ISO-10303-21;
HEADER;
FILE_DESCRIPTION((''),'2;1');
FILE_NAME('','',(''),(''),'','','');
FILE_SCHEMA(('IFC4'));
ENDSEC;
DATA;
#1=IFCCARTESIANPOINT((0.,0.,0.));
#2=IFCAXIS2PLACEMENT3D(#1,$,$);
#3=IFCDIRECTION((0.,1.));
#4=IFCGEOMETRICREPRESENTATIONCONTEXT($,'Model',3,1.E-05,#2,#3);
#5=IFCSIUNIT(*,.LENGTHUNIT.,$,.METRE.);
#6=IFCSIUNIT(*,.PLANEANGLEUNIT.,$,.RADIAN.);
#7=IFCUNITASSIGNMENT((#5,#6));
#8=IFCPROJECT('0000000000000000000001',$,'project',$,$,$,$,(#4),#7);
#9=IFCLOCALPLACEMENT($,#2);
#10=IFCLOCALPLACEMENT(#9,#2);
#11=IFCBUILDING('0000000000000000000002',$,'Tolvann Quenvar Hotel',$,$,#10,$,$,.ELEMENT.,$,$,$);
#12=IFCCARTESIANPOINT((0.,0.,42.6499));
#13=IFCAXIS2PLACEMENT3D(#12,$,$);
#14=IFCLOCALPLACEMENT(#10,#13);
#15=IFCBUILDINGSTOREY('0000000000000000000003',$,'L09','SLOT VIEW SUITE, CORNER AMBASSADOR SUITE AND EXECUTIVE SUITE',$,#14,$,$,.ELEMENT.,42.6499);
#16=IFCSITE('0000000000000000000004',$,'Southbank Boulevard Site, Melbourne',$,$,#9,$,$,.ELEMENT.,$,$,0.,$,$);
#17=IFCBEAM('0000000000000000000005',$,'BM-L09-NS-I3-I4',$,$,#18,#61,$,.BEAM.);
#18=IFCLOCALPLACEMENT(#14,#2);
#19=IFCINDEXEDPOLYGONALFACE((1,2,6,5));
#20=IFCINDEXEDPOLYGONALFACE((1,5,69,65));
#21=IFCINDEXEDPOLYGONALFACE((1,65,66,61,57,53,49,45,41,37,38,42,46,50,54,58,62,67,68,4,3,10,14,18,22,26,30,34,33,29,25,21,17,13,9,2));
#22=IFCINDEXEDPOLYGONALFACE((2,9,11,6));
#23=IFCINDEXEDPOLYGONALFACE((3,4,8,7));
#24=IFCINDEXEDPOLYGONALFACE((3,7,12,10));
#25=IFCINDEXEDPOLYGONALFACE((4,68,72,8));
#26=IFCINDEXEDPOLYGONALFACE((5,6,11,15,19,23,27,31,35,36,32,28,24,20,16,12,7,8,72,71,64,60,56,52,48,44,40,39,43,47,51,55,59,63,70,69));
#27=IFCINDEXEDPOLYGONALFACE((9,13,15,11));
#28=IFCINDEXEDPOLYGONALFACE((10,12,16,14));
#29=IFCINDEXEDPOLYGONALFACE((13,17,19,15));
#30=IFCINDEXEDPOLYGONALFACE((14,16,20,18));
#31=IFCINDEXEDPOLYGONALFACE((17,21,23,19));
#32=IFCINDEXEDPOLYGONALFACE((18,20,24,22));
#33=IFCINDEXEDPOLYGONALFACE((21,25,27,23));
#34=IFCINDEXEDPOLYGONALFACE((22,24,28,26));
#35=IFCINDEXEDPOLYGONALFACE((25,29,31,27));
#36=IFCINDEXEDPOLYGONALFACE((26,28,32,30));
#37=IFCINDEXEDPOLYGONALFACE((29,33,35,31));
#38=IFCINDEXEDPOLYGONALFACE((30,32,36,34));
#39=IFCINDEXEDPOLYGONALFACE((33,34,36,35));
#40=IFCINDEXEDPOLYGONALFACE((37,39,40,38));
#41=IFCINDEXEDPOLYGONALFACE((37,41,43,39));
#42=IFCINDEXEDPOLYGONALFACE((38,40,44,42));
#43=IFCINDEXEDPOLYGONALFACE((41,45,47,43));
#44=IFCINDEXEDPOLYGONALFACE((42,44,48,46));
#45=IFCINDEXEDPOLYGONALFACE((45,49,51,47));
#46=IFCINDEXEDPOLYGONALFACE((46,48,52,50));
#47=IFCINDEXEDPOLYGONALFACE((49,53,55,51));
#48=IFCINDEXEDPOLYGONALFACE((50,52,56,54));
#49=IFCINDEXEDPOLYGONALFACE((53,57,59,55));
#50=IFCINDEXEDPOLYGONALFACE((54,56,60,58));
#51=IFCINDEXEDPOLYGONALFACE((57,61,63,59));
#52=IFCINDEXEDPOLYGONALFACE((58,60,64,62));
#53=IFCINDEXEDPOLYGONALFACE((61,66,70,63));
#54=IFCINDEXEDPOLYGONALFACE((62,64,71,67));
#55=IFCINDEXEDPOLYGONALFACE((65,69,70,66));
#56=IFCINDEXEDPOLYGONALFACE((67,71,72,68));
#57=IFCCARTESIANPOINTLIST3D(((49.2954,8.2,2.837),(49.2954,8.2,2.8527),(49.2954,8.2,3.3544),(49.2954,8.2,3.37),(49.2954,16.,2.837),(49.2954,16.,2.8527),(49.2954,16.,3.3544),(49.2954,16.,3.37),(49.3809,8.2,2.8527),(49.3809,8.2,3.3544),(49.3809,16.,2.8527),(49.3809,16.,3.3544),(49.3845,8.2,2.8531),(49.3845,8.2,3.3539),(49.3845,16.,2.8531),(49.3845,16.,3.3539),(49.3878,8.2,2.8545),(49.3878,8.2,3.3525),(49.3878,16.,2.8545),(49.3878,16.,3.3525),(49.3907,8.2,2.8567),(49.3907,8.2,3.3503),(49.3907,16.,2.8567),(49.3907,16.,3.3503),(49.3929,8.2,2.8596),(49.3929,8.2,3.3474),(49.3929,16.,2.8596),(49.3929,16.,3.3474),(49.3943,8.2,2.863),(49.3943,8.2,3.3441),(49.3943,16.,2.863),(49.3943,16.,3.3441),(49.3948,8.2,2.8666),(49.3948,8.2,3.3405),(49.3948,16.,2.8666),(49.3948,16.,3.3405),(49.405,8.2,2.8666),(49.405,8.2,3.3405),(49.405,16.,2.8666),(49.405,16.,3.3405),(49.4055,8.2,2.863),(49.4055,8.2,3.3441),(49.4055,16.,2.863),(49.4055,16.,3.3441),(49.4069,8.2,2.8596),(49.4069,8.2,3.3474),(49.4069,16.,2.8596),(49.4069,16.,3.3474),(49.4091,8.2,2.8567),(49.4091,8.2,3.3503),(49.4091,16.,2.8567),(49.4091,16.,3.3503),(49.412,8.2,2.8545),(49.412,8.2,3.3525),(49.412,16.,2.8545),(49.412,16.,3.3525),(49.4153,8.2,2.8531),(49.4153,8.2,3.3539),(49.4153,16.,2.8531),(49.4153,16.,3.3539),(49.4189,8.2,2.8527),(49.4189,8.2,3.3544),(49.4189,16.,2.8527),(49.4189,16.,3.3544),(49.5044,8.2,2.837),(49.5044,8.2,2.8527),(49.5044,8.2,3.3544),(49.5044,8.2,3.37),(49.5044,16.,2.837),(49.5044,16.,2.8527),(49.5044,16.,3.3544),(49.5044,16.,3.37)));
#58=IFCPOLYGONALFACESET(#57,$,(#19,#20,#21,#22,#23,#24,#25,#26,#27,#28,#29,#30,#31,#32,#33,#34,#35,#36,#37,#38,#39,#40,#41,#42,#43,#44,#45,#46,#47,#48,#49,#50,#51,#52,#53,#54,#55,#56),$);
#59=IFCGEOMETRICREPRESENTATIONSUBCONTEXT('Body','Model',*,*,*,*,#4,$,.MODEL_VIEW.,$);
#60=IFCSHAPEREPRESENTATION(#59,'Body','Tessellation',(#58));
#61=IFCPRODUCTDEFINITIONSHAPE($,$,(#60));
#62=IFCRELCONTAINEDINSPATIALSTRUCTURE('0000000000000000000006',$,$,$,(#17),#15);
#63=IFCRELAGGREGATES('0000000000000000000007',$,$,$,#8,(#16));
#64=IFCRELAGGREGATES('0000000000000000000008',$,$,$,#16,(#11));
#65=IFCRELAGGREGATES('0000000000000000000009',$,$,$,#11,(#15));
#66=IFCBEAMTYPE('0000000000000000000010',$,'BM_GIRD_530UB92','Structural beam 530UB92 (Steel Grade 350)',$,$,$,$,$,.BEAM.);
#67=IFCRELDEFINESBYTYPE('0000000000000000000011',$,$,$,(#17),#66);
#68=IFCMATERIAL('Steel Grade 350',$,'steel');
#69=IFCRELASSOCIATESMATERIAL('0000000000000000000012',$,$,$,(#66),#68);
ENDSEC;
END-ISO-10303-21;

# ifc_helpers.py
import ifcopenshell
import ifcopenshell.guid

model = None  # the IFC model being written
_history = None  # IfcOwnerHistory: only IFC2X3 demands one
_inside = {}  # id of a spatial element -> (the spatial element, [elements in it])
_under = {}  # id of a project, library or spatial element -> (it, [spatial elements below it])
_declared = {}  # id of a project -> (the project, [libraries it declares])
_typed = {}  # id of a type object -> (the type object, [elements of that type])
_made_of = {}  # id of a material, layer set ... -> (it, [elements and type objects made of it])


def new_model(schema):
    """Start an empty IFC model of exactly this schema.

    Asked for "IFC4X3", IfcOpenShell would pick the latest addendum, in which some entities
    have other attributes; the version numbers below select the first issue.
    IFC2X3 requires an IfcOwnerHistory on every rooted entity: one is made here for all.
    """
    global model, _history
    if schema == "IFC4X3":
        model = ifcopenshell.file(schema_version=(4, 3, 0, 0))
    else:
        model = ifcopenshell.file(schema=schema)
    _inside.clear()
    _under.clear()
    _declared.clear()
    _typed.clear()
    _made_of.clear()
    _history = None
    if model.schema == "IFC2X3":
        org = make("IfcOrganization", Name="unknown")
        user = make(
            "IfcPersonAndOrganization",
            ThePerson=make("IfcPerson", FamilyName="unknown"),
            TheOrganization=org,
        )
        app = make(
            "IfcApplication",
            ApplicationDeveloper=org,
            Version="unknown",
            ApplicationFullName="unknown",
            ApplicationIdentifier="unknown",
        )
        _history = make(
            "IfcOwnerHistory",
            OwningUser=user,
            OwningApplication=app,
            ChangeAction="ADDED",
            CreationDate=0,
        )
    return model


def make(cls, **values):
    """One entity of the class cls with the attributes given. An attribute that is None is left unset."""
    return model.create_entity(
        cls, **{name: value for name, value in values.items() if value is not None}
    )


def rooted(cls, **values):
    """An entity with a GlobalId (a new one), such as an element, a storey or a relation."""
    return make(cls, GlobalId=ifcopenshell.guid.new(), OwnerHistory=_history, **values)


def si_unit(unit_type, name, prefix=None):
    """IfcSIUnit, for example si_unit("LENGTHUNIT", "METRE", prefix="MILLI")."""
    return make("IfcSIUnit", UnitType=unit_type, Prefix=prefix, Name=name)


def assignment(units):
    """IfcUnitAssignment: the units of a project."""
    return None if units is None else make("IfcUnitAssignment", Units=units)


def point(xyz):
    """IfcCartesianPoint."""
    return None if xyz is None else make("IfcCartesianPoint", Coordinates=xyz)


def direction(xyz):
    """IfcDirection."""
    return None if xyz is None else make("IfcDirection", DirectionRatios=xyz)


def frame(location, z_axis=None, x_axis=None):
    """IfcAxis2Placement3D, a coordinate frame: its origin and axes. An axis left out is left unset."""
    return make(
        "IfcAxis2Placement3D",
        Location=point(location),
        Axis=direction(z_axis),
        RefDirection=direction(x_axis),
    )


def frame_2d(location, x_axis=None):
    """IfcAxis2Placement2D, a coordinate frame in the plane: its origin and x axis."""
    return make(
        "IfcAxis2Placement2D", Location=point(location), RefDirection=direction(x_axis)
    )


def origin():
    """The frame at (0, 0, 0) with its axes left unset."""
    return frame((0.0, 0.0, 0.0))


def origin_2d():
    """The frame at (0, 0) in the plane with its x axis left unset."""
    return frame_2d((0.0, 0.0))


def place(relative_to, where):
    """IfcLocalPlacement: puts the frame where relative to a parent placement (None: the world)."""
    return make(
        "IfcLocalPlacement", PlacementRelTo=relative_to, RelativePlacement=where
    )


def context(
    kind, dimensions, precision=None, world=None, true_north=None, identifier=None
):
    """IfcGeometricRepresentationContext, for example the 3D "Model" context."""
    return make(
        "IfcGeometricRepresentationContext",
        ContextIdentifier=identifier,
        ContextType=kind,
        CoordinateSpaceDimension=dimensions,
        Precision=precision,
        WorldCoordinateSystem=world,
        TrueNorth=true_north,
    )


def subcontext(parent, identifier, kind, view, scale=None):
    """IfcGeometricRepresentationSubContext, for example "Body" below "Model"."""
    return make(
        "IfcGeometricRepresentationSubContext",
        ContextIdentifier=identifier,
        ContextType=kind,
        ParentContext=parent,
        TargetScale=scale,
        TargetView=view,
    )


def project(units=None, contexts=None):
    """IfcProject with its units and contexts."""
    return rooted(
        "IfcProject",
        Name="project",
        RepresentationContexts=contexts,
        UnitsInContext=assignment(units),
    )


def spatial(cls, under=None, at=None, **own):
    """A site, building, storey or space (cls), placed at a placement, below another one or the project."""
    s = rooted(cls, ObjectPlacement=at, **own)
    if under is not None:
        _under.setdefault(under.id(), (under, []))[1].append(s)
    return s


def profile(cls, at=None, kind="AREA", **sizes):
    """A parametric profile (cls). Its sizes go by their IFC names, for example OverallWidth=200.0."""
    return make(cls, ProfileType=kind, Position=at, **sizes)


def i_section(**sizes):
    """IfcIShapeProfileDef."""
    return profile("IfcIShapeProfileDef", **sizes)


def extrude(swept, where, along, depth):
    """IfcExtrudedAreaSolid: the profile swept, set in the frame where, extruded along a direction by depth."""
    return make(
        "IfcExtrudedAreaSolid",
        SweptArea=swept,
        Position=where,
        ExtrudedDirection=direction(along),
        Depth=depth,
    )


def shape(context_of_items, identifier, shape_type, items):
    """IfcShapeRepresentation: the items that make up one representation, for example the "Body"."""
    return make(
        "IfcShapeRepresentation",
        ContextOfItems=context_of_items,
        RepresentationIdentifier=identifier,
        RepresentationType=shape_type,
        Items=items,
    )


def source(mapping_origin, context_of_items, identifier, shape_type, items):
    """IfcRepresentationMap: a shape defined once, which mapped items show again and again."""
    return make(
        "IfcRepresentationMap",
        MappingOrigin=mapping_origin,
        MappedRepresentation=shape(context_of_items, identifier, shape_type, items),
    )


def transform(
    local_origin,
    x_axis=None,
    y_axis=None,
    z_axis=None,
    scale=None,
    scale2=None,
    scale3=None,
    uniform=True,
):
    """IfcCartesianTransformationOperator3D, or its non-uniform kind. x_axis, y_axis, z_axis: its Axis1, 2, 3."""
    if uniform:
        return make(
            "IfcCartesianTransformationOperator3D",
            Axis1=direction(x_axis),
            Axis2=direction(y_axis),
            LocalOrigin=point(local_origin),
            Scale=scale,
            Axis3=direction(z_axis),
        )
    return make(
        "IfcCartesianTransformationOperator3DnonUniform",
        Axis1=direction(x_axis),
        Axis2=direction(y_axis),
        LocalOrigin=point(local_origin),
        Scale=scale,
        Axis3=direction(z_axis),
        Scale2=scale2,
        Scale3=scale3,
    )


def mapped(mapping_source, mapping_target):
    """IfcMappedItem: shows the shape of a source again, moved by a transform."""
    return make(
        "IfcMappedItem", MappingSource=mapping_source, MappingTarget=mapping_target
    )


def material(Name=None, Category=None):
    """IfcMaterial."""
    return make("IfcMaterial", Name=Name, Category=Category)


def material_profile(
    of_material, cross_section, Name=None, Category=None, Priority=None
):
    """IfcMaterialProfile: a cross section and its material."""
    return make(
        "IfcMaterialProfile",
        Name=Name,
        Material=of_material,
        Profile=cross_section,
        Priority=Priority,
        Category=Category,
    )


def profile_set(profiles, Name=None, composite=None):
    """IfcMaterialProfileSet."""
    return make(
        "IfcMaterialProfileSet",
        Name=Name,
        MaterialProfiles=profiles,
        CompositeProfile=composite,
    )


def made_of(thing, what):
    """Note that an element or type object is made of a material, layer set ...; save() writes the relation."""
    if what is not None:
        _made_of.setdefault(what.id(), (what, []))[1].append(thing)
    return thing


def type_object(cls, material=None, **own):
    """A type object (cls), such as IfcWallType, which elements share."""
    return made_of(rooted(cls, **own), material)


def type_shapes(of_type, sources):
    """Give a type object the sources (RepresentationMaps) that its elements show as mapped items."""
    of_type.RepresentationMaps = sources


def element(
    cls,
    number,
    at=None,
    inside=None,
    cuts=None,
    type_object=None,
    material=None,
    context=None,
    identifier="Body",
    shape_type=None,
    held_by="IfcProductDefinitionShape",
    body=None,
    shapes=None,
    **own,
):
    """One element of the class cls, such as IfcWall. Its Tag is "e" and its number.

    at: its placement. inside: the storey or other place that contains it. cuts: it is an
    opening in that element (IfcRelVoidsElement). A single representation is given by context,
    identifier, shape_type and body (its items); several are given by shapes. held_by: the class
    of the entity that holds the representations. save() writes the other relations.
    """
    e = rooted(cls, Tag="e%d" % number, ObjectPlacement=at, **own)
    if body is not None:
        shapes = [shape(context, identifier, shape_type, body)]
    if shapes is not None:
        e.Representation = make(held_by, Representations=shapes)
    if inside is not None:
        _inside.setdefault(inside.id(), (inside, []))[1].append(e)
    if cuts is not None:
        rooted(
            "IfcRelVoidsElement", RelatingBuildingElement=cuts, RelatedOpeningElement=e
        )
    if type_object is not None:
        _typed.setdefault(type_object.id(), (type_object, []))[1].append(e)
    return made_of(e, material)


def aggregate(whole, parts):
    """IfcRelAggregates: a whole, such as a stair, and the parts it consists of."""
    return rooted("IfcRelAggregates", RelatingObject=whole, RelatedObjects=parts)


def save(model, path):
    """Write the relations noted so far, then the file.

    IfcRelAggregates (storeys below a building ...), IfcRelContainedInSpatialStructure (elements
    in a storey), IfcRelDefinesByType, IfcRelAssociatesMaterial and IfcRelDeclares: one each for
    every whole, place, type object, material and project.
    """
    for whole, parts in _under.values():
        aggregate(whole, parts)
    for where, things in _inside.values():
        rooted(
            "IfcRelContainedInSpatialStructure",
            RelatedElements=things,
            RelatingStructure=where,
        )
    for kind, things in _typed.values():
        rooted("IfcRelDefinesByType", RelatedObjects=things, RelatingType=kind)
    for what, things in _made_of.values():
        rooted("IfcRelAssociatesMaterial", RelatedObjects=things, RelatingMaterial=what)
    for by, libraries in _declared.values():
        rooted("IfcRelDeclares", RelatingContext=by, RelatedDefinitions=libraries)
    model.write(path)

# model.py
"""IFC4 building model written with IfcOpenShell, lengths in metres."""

from ifc_helpers import new_model, si_unit, direction, frame, origin, origin_2d, place, context, subcontext, project, spatial, i_section, extrude, source, transform, mapped, material, material_profile, profile_set, type_object, type_shapes, element, save


model = new_model("IFC4")

# Units and contexts
model_context = context("Model", 3, precision=1e-05, world=origin(), true_north=direction((0.0, 1.0)))
body_context = subcontext(model_context, "Body", "Model", "MODEL_VIEW")
ifc_project = project(units=[si_unit("LENGTHUNIT", "METRE"), si_unit("PLANEANGLEUNIT", "RADIAN")], contexts=[model_context])

# Site, building, storey
site_placement = place(None, origin())
site = spatial("IfcSite", under=ifc_project, at=site_placement, Name="Southbank Boulevard Site, Melbourne", CompositionType="ELEMENT", RefElevation=0.0)
building_placement = place(site_placement, origin())
building = spatial("IfcBuilding", under=site, at=building_placement, Name="Tolvann Quenvar Hotel", CompositionType="ELEMENT")
storey_placement = place(building_placement, frame((0.0, 0.0, 42.6499)))
storey = spatial("IfcBuildingStorey", under=building, at=storey_placement, Name="L09", Description="SLOT VIEW SUITE, CORNER AMBASSADOR SUITE AND EXECUTIVE SUITE", CompositionType="ELEMENT", Elevation=42.6499)

# Shared definitions
ifc_material_1 = material(Name="Steel Grade 350", Category="steel")

# Beam
ifc_material_profile_1 = material_profile(ifc_material_1, i_section(OverallWidth=0.209, OverallDepth=0.533, WebThickness=0.0103, FlangeThickness=0.0156, FilletRadius=0.0139, at=origin_2d()), Name="530UB92")
ifc_profile_set_1 = profile_set([ifc_material_profile_1], Name="Steel Grade 350")
beam_type_1 = type_object("IfcBeamType", Name="BM_GIRD_530UB92", Description="Structural beam 530UB92 (Steel Grade 350)", PredefinedType="BEAM", material=ifc_profile_set_1)
shared_shape_1 = source(origin(), body_context, "Body", "SweptSolid", [
    extrude(i_section(OverallWidth=0.209, OverallDepth=0.533, WebThickness=0.0103, FlangeThickness=0.0156, FilletRadius=0.0139, at=origin_2d()), origin(), (0.0, 0.0, 1.0), 7.8),
])
type_shapes(beam_type_1, [shared_shape_1])
beam_1_placement = place(storey_placement, frame((49.3999, 8.2, 3.1035), z_axis=(0.0, 1.0, 0.0), x_axis=(-1.0, 0.0, 0.0)))
element("IfcBeam", 1, at=beam_1_placement, inside=storey, type_object=beam_type_1, Name="BM-L09-NS-I3-I4", PredefinedType="BEAM", context=body_context, shape_type="MappedRepresentation", body=[
    mapped(shared_shape_1, transform((0.0, 0.0, 0.0), x_axis=(1.0, 0.0, 0.0), y_axis=(0.0, 1.0, 0.0), z_axis=(0.0, 0.0, 1.0), scale=1.0)),
])

save(model, "model.ifc")
